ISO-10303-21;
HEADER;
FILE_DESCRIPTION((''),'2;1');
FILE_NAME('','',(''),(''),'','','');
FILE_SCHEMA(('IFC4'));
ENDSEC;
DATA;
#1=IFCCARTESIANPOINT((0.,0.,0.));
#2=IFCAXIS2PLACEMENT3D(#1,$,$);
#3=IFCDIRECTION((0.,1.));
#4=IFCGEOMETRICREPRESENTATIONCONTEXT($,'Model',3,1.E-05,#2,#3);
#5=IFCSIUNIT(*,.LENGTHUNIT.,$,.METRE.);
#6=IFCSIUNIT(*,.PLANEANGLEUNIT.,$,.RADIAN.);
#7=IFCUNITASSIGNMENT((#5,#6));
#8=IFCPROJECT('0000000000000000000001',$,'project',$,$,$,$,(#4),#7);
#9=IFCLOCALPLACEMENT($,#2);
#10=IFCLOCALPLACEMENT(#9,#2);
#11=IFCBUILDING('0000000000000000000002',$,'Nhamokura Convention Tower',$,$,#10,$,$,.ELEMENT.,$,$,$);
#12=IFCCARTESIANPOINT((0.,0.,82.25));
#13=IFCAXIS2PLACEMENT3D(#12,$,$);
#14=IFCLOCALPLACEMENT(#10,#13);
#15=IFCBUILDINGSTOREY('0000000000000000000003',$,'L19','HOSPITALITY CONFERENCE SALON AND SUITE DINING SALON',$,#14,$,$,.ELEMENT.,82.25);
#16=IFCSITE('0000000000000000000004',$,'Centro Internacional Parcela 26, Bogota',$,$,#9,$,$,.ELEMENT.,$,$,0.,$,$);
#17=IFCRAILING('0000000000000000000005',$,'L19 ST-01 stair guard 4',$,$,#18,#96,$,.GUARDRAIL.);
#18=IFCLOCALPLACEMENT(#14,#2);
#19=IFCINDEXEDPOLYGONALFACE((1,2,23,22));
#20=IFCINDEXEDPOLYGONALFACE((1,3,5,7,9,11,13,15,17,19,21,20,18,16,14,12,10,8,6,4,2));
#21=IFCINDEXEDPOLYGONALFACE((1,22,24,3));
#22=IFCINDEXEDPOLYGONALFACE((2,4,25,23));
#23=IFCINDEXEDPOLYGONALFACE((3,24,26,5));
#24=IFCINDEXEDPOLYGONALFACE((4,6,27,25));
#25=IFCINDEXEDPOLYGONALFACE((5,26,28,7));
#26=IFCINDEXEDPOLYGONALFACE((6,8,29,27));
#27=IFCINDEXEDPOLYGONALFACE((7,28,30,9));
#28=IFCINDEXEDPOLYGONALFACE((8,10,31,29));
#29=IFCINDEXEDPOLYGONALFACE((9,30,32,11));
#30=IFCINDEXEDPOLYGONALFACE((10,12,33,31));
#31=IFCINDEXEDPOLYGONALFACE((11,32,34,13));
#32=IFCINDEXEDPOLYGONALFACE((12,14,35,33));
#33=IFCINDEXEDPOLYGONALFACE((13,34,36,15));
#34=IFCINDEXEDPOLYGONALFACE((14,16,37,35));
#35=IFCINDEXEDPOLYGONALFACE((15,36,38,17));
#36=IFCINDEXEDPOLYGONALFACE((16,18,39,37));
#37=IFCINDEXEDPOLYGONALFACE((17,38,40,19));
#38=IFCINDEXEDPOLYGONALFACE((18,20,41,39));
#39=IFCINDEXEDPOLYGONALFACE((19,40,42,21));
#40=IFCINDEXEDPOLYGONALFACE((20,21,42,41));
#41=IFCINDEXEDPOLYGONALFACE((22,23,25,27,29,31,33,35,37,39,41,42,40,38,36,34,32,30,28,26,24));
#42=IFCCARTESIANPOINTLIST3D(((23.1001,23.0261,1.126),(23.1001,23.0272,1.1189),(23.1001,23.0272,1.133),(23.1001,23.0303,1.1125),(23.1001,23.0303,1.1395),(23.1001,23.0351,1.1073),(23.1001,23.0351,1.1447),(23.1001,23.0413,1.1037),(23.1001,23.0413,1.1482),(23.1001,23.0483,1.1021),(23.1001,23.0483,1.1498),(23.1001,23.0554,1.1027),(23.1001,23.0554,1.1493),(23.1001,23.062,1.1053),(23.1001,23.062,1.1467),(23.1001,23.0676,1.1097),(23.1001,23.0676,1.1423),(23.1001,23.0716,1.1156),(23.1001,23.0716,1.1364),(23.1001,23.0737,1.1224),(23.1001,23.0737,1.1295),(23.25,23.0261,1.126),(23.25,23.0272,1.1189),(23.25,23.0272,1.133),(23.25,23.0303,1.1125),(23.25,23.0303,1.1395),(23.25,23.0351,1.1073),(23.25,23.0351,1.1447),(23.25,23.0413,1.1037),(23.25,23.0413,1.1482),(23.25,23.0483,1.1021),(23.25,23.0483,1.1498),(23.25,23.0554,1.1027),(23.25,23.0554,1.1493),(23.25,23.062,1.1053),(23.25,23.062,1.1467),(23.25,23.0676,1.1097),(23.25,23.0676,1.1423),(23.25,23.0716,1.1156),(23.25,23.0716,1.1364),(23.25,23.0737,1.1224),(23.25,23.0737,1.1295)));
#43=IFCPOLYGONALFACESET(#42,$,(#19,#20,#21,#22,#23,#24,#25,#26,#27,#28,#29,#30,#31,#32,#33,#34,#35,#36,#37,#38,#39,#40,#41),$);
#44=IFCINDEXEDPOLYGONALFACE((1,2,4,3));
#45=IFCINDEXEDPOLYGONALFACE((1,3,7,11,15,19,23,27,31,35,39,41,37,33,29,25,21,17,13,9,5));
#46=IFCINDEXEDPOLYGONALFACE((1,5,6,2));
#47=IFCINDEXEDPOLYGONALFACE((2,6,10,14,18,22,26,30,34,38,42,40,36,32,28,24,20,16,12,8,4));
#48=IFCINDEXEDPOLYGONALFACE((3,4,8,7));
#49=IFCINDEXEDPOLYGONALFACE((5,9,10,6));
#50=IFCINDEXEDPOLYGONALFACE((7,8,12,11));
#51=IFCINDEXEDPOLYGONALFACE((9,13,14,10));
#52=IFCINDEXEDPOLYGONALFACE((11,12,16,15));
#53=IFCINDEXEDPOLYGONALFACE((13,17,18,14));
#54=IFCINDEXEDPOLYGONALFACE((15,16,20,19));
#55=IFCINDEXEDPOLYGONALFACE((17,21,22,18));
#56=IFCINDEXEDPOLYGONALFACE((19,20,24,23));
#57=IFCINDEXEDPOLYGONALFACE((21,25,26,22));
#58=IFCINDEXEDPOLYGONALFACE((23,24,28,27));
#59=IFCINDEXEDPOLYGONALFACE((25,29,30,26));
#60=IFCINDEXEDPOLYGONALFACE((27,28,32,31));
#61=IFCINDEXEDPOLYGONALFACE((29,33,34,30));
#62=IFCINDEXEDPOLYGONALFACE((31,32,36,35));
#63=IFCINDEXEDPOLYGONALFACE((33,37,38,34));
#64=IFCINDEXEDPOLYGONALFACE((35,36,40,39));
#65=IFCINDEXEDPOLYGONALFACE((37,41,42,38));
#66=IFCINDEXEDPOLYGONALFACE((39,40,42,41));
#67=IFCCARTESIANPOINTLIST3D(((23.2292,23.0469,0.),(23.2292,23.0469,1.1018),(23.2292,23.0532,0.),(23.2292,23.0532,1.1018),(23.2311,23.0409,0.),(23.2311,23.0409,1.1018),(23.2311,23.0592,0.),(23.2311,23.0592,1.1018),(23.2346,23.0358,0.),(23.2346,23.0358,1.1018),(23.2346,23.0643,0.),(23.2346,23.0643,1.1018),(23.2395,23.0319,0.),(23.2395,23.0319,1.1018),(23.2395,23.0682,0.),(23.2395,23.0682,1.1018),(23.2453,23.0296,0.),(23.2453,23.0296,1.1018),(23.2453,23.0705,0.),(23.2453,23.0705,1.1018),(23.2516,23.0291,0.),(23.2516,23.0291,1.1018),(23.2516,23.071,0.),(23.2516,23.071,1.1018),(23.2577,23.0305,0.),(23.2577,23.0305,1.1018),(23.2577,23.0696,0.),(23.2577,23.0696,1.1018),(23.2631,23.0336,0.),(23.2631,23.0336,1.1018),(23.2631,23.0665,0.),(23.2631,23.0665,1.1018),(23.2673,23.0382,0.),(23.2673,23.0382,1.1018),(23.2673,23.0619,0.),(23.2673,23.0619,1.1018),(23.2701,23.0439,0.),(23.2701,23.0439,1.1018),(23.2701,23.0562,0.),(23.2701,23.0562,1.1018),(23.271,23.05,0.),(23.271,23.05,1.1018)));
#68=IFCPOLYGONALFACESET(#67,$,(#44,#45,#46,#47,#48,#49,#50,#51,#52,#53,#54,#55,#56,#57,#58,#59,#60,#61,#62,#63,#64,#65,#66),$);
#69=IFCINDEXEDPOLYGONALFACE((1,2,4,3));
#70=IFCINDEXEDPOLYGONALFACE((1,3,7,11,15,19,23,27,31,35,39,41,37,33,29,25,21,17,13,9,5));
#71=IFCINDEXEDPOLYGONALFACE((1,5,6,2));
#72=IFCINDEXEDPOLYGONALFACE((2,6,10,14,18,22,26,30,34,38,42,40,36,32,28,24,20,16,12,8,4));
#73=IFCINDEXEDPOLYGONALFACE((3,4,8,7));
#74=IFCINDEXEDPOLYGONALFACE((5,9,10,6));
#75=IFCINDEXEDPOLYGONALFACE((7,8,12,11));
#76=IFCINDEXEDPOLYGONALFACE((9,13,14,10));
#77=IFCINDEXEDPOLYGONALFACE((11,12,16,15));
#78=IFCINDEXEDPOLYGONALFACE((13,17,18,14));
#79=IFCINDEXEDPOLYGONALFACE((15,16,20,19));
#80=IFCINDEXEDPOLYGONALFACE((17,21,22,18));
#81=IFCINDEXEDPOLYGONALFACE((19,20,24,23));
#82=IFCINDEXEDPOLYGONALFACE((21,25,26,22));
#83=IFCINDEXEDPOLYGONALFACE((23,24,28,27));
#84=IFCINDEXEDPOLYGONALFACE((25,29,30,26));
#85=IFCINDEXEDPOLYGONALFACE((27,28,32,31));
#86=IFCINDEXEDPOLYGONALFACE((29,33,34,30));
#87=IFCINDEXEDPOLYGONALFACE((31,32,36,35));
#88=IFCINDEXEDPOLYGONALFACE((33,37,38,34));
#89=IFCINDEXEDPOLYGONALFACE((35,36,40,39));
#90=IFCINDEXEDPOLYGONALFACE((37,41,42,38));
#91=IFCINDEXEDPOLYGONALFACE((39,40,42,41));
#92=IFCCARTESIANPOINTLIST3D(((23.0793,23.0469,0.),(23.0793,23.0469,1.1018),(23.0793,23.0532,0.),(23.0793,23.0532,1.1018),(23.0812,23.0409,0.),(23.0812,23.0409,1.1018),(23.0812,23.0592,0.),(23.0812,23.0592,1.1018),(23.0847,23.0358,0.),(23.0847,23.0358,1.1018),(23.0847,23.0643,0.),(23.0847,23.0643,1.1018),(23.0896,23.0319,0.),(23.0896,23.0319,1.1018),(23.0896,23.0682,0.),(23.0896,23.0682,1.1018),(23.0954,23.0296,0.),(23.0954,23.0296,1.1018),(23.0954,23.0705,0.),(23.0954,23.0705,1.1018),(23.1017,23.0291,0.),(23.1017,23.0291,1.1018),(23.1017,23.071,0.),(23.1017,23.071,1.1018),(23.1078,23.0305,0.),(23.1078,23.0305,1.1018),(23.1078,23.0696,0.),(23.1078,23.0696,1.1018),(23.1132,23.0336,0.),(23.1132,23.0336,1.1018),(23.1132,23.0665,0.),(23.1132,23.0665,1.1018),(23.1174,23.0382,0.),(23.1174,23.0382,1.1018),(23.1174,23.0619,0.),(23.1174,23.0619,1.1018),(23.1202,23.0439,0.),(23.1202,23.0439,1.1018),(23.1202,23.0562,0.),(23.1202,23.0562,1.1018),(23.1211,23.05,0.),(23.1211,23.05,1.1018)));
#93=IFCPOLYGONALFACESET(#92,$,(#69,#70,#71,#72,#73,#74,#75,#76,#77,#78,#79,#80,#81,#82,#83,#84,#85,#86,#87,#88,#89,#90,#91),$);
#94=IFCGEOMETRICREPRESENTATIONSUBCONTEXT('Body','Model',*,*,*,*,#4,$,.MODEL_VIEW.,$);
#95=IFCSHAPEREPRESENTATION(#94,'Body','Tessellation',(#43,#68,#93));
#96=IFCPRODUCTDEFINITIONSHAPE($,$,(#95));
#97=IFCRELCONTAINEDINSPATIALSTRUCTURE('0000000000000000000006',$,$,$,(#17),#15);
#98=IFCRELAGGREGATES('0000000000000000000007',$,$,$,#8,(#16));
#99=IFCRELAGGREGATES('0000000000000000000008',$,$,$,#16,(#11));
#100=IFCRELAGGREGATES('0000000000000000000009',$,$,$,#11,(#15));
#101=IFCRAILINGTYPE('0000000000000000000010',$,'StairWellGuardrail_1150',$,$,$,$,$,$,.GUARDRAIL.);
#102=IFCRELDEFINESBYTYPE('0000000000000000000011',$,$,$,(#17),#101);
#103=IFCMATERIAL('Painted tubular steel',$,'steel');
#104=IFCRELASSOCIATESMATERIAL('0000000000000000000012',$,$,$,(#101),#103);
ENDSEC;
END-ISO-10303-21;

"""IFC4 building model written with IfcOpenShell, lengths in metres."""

from ifc_helpers import new_model, si_unit, direction, frame, origin, origin_2d, place, context, subcontext, project, spatial, circle, extrude, material, type_object, element, save


model = new_model("IFC4")

# Units and contexts
model_context = context("Model", 3, precision=1e-05, world=origin(), true_north=direction((0.0, 1.0)))
body_context = subcontext(model_context, "Body", "Model", "MODEL_VIEW")
ifc_project = project(units=[si_unit("LENGTHUNIT", "METRE"), si_unit("PLANEANGLEUNIT", "RADIAN")], contexts=[model_context])

# Site, building, storey
site_placement = place(None, origin())
site = spatial("IfcSite", under=ifc_project, at=site_placement, Name="Centro Internacional Parcela 26, Bogota", CompositionType="ELEMENT", RefElevation=0.0)
building_placement = place(site_placement, origin())
building = spatial("IfcBuilding", under=site, at=building_placement, Name="Nhamokura Convention Tower", CompositionType="ELEMENT")
storey_placement = place(building_placement, frame((0.0, 0.0, 82.25)))
storey = spatial("IfcBuildingStorey", under=building, at=storey_placement, Name="L19", Description="HOSPITALITY CONFERENCE SALON AND SUITE DINING SALON", CompositionType="ELEMENT", Elevation=82.25)

# Railing
ifc_material_1 = material(Name="Painted tubular steel", Category="steel")
railing_type_1 = type_object("IfcRailingType", Name="StairWellGuardrail_1150", PredefinedType="GUARDRAIL", material=ifc_material_1)
railing_1_placement = place(storey_placement, frame((23.25, 23.05, 0.0)))
element("IfcRailing", 1, at=railing_1_placement, inside=storey, type_object=railing_type_1, Name="L19 ST-01 stair guard 4", PredefinedType="GUARDRAIL", context=body_context, shape_type="SweptSolid", body=[
    extrude(circle(Radius=0.0239, at=origin_2d()), frame((0.0, 0.0, 1.126), z_axis=(-1.0, 0.0, 0.0), x_axis=(0.0, -1.0, 0.0)), (0.0, 0.0, 1.0), 0.1499),
    extrude(circle(Radius=0.021, at=origin_2d()), origin(), (0.0, 0.0, 1.0), 1.1018),
    extrude(circle(Radius=0.021, at=origin_2d()), frame((-0.1499, 0.0, 0.0)), (0.0, 0.0, 1.0), 1.1018),
])

save(model, "model.ifc")
